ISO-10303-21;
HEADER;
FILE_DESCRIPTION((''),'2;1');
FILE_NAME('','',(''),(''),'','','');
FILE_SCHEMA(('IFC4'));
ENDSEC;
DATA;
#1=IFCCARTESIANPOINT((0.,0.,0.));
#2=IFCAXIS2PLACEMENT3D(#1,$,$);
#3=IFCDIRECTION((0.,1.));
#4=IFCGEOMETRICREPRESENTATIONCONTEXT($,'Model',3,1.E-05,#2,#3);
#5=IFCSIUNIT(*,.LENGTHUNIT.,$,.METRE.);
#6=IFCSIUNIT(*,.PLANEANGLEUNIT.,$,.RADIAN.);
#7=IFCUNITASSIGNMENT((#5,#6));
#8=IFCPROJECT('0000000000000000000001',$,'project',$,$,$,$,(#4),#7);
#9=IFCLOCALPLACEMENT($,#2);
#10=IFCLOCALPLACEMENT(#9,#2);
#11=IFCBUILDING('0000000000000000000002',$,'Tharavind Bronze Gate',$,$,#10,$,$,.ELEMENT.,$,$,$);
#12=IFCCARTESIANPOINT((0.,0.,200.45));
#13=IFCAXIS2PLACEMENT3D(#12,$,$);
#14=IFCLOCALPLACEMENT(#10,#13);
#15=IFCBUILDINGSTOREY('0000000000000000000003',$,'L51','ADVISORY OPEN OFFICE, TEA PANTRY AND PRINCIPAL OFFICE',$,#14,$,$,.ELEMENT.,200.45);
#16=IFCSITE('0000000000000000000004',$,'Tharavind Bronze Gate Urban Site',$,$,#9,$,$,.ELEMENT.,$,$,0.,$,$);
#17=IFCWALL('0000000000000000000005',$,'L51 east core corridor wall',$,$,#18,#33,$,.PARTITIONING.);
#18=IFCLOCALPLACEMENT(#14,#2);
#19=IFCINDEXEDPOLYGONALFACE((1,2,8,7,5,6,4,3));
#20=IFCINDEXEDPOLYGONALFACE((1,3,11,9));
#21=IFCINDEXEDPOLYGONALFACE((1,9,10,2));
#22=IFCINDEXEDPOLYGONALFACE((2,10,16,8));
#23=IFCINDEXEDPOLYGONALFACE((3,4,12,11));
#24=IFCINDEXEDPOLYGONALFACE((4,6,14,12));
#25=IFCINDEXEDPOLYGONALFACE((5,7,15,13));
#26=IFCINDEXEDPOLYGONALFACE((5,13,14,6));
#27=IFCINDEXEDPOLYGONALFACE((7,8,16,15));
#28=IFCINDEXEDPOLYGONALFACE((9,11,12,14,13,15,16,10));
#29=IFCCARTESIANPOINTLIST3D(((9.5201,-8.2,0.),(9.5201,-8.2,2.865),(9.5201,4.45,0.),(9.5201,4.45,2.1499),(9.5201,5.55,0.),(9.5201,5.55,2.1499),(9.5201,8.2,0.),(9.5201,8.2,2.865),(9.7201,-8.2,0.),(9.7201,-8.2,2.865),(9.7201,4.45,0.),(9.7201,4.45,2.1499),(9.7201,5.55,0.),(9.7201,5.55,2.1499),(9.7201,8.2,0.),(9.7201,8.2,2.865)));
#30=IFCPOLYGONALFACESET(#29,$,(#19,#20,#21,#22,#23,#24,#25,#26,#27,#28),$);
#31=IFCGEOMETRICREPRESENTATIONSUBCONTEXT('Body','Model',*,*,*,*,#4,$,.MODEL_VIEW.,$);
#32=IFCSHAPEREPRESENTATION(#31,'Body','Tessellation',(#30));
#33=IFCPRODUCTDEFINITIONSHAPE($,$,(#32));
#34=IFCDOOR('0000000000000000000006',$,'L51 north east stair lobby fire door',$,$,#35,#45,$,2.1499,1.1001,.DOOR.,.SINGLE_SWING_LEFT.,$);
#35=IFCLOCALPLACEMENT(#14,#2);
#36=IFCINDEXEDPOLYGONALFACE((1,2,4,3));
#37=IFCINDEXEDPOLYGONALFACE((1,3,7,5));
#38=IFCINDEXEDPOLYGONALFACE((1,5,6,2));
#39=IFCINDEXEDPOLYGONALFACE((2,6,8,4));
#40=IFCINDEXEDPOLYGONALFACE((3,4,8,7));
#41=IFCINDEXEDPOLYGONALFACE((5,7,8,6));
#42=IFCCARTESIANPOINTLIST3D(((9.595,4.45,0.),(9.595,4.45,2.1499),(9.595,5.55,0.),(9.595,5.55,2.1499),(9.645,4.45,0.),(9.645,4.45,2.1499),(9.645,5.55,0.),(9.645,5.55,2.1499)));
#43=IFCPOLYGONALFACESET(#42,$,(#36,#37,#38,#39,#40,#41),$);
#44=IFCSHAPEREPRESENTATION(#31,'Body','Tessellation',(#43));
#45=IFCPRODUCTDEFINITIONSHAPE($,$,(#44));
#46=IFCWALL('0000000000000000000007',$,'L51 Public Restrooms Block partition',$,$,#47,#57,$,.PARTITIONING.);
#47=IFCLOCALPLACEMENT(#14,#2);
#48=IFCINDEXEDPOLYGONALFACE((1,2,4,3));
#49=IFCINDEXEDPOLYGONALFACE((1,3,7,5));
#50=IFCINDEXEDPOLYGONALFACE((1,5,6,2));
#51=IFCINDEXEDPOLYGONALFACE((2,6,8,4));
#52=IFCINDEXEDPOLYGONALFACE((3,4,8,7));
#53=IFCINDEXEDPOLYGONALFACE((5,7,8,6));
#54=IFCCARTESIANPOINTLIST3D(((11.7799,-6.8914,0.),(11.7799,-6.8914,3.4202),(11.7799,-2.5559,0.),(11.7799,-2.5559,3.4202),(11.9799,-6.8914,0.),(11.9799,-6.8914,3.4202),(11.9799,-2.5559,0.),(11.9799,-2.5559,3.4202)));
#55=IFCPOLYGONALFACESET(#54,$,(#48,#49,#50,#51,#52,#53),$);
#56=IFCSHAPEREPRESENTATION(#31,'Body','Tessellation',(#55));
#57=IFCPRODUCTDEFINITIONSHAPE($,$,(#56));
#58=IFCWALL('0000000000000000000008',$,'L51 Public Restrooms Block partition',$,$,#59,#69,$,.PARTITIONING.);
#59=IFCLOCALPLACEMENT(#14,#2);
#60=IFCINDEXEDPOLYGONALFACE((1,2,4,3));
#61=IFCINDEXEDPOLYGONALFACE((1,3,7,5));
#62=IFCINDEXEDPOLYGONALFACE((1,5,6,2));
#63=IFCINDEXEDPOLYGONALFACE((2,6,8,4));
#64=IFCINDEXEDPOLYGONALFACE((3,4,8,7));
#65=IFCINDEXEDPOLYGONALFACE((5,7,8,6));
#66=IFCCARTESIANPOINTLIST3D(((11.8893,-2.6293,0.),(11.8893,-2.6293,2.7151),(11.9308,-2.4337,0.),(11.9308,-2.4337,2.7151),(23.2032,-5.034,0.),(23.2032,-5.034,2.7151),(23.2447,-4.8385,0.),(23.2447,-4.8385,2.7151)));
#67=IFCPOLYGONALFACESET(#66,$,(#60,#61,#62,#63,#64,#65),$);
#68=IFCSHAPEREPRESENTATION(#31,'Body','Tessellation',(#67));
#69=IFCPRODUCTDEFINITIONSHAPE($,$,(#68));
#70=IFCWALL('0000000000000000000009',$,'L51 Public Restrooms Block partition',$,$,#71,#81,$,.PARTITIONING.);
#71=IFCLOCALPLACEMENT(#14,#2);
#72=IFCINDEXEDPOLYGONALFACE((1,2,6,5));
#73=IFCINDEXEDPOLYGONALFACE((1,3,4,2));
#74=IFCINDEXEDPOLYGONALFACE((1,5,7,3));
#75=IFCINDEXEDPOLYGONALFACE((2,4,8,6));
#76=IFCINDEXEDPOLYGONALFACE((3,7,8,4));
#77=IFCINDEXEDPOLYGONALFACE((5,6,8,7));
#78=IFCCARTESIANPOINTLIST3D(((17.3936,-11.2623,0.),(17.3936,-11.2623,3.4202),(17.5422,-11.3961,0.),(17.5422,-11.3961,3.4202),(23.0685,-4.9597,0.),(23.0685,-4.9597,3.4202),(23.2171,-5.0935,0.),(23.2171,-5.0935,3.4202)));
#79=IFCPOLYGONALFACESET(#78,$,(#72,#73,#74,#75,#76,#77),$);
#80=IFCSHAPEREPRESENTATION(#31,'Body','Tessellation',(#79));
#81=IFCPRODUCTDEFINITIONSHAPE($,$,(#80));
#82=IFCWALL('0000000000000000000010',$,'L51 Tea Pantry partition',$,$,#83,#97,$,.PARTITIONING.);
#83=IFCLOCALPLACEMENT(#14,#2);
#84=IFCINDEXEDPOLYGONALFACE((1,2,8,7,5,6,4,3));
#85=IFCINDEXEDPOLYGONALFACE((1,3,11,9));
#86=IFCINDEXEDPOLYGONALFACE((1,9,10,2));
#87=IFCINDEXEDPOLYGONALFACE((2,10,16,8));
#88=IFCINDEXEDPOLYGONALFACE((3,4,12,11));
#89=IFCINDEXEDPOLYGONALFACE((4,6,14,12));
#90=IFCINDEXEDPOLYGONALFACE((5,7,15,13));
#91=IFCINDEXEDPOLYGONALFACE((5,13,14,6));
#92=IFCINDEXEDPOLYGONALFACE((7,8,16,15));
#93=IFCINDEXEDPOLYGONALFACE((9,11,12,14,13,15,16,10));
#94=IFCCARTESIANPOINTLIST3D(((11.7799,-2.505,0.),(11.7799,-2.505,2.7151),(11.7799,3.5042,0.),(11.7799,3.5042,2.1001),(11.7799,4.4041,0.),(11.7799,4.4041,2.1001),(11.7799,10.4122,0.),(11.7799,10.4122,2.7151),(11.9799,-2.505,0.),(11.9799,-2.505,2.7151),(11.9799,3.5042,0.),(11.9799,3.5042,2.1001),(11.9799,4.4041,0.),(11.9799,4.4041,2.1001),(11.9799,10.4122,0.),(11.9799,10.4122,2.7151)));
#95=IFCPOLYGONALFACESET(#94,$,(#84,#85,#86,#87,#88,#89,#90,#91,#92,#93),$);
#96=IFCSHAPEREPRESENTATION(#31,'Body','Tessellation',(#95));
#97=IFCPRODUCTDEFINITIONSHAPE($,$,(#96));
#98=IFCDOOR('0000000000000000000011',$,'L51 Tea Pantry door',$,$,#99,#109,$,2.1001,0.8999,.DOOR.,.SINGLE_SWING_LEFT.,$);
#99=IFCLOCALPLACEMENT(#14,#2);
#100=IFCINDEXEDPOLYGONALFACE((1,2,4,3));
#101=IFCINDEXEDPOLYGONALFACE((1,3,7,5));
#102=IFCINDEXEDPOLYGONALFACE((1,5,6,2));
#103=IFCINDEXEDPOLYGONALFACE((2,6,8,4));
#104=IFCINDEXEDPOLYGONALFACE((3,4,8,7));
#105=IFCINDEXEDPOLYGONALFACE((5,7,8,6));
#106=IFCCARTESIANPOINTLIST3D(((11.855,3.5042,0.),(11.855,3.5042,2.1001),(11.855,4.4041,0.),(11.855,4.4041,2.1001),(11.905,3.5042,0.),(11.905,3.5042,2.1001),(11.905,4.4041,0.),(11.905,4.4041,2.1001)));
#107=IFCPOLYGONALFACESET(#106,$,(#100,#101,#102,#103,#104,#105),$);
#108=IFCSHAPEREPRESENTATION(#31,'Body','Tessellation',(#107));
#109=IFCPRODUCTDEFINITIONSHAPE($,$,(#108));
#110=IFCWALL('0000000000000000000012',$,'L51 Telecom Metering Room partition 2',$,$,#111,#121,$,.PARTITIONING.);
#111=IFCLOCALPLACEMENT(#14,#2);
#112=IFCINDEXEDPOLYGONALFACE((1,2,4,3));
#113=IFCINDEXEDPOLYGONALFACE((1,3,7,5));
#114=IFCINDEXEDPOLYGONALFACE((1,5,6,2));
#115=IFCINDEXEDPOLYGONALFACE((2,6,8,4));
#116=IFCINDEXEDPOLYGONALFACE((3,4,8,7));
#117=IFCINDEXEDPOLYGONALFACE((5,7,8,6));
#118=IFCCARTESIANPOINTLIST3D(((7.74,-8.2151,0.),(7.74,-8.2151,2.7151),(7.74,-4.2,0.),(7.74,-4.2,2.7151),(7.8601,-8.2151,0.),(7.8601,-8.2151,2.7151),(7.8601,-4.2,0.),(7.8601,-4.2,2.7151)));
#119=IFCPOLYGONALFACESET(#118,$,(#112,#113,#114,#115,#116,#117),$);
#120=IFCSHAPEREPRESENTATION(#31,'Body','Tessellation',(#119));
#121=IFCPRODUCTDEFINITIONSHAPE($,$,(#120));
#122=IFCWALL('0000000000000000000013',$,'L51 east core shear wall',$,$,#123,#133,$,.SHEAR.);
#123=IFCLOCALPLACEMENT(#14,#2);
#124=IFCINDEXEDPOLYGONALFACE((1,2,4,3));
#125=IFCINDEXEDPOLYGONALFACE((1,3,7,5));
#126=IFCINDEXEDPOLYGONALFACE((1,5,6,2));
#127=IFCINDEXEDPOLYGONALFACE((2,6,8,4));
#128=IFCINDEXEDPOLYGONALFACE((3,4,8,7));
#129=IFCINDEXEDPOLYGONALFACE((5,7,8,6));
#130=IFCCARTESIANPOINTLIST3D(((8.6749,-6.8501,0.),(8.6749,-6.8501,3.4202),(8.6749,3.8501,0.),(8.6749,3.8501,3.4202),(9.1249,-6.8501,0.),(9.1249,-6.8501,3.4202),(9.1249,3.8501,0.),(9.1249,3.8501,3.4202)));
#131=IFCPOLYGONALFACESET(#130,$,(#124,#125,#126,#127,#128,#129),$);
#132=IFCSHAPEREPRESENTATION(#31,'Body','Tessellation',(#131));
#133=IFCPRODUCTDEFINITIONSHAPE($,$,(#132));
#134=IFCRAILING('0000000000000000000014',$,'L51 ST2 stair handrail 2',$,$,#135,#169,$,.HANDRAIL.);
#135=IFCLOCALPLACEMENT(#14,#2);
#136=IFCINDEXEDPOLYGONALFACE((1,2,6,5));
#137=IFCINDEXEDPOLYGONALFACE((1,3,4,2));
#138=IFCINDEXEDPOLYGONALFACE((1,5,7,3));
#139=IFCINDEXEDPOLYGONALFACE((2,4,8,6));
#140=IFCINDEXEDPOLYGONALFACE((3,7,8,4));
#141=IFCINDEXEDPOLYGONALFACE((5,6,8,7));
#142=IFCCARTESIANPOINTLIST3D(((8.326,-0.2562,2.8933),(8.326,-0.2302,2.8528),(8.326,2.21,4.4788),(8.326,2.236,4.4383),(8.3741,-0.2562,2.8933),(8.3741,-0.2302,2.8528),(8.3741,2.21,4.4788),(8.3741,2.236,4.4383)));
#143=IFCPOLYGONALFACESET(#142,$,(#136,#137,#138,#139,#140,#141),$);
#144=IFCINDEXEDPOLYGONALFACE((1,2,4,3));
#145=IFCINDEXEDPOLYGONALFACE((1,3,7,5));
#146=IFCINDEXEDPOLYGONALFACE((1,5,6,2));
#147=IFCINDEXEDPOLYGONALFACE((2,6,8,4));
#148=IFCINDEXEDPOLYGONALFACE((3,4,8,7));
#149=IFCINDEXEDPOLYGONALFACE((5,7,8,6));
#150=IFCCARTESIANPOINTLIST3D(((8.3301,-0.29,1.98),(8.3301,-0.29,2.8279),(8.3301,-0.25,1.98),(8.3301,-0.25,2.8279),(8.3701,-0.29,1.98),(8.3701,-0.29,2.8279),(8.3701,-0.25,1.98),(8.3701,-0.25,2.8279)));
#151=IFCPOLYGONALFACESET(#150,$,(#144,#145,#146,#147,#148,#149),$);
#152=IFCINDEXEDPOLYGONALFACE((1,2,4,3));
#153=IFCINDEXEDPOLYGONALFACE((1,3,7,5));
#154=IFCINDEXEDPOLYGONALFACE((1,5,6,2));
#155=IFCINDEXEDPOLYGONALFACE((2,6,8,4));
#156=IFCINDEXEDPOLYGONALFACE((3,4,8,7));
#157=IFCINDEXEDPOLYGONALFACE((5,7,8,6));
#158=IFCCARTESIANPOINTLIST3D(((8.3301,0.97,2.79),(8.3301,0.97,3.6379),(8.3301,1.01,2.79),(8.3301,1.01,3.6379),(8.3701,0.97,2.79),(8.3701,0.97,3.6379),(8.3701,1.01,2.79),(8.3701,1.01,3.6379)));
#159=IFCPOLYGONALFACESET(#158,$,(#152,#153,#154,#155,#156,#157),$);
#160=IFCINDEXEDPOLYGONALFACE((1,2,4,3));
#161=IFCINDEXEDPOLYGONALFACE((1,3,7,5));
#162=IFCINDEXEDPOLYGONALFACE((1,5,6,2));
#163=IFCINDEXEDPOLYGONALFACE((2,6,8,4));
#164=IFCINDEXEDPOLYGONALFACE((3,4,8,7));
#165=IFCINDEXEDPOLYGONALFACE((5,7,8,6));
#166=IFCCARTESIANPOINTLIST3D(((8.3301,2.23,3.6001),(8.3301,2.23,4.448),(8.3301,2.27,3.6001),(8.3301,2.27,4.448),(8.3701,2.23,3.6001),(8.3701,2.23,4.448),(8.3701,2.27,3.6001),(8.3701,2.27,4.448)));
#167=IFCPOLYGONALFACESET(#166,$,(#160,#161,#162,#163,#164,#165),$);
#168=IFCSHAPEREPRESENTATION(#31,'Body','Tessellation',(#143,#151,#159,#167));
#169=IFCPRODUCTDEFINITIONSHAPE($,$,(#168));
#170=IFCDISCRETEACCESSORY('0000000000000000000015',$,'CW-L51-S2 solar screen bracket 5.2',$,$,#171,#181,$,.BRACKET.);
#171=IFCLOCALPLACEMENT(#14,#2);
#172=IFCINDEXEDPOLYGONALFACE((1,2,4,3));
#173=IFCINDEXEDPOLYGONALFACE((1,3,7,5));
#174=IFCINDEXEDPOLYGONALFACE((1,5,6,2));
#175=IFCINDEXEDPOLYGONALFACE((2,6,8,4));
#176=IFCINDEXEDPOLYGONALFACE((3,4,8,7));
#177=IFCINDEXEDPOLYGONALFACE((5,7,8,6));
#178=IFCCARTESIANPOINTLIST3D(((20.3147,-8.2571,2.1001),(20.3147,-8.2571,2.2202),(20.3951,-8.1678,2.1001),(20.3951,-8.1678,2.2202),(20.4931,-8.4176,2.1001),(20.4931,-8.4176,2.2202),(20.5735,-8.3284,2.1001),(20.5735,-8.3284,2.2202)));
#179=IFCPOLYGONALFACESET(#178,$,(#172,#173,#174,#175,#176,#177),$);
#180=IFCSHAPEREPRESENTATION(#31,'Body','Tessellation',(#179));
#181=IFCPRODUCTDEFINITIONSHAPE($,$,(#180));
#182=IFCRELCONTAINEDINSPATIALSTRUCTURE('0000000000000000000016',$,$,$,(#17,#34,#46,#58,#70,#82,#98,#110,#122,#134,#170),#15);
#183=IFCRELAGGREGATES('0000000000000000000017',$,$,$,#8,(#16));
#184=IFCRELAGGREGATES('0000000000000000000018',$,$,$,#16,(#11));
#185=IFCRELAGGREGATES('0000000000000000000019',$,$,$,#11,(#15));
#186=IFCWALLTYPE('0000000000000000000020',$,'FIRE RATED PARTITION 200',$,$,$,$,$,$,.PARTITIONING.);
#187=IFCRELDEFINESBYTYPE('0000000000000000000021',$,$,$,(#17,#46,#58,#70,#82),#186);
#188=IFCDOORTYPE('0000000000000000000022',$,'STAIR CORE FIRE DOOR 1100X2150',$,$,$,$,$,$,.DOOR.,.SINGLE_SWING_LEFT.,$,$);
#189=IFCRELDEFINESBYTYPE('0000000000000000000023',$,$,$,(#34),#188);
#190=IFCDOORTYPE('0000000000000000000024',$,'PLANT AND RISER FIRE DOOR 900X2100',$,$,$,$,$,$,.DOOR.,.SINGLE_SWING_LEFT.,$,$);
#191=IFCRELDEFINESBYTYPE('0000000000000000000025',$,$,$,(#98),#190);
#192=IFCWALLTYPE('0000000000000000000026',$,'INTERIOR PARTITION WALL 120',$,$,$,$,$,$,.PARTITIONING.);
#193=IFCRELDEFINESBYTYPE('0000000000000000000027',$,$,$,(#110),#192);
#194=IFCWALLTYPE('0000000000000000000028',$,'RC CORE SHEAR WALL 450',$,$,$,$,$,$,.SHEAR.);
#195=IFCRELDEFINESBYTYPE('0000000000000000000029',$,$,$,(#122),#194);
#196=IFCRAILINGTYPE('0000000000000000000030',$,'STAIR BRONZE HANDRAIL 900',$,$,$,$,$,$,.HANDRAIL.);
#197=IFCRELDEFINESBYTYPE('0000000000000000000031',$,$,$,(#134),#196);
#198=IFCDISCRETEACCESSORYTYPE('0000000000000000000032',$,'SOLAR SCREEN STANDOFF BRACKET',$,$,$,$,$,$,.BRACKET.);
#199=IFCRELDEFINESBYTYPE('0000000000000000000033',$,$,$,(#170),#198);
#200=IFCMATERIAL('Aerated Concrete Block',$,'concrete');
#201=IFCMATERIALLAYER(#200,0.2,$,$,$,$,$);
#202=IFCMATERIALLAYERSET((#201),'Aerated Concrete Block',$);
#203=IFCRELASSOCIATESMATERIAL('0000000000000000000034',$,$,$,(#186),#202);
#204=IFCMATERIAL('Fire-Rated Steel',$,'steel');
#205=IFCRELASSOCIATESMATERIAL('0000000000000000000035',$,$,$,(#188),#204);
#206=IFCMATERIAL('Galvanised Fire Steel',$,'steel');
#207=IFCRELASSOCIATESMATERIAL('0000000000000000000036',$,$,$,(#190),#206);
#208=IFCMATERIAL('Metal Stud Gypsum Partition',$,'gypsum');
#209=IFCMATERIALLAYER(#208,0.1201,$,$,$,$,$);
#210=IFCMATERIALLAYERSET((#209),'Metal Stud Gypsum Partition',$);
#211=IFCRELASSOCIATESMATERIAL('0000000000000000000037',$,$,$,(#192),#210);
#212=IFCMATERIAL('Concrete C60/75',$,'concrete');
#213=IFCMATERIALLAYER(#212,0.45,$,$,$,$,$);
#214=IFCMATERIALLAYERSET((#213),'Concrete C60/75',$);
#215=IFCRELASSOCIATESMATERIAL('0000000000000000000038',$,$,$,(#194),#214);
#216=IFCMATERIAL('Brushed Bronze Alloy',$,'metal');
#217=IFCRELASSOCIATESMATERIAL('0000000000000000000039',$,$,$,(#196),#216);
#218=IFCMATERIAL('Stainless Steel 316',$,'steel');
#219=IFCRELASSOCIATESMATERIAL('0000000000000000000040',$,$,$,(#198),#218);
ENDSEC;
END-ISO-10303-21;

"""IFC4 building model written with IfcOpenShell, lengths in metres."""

from ifc_helpers import new_model, si_unit, direction, frame, frame_2d, origin, origin_2d, place, context, subcontext, project, spatial, rectangle, extrude, material, layer, layer_set, type_object, element, fill, save


model = new_model("IFC4")

# Units and contexts
model_context = context("Model", 3, precision=1e-05, world=origin(), true_north=direction((0.0, 1.0)))
body_context = subcontext(model_context, "Body", "Model", "MODEL_VIEW")
ifc_project = project(units=[si_unit("LENGTHUNIT", "METRE"), si_unit("PLANEANGLEUNIT", "RADIAN")], contexts=[model_context])

# Site, building, storey
site_placement = place(None, origin())
site = spatial("IfcSite", under=ifc_project, at=site_placement, Name="Tharavind Bronze Gate Urban Site", CompositionType="ELEMENT", RefElevation=0.0)
building_placement = place(site_placement, origin())
building = spatial("IfcBuilding", under=site, at=building_placement, Name="Tharavind Bronze Gate", CompositionType="ELEMENT")
storey_placement = place(building_placement, frame((0.0, 0.0, 200.45)))
storey = spatial("IfcBuildingStorey", under=building, at=storey_placement, Name="L51", Description="ADVISORY OPEN OFFICE, TEA PANTRY AND PRINCIPAL OFFICE", CompositionType="ELEMENT", Elevation=200.45)

# Shared definitions
ifc_material_1 = material(Name="Concrete C60/75", Category="concrete")

# Wall, opening, door
ifc_material_2 = material(Name="Aerated Concrete Block", Category="concrete")
ifc_layer_1 = layer(ifc_material_2, 0.2)
ifc_layer_set_1 = layer_set([ifc_layer_1], Name="Aerated Concrete Block")
wall_type_1 = type_object("IfcWallType", Name="FIRE RATED PARTITION 200", PredefinedType="PARTITIONING", material=ifc_layer_set_1)
wall_1_placement = place(storey_placement, frame((9.6201, -8.2, 0.0), z_axis=(0.0, 0.0, 1.0), x_axis=(0.0, 1.0, 0.0)))
wall_1 = element("IfcWall", 1, at=wall_1_placement, inside=storey, type_object=wall_type_1, Name="L51 east core corridor wall", PredefinedType="PARTITIONING", context=body_context, shape_type="SweptSolid", body=[
    extrude(rectangle(XDim=16.3999, YDim=0.2, at=frame_2d((8.2, 0.0))), origin(), (0.0, 0.0, 1.0), 2.865),
])
opening_1_placement = place(wall_1_placement, frame((12.6499, 0.0, 0.0)))
opening_1 = element("IfcOpeningElement", 2, at=opening_1_placement, cuts=wall_1, PredefinedType="OPENING", context=body_context, shape_type="SweptSolid", body=[
    extrude(rectangle(XDim=1.1001, YDim=2.1499, at=frame_2d((0.55, 1.075))), frame((0.0, 0.1101, 0.0), z_axis=(0.0, -1.0, 0.0), x_axis=(1.0, 0.0, 0.0)), (0.0, 0.0, 1.0), 0.22),
])
ifc_material_3 = material(Name="Fire-Rated Steel", Category="steel")
door_type_1 = type_object("IfcDoorType", Name="STAIR CORE FIRE DOOR 1100X2150", OperationType="SINGLE_SWING_LEFT", PredefinedType="DOOR", material=ifc_material_3)
door_1_placement = place(opening_1_placement, frame((1.1001, 0.0, 0.0), z_axis=(0.0, 0.0, 1.0), x_axis=(-1.0, 0.0, 0.0)))
door_1 = element("IfcDoor", 3, at=door_1_placement, inside=storey, type_object=door_type_1, Name="L51 north east stair lobby fire door", OperationType="SINGLE_SWING_LEFT", OverallHeight=2.1499, OverallWidth=1.1001, PredefinedType="DOOR", context=body_context, shape_type="SweptSolid", body=[
    extrude(rectangle(XDim=1.1001, YDim=2.1499, at=frame_2d((0.55, 1.075))), frame((0.0, 0.0249, 0.0), z_axis=(0.0, -1.0, 0.0), x_axis=(1.0, 0.0, 0.0)), (0.0, 0.0, 1.0), 0.05),
])
fill(opening_1, door_1)

# Walls
wall_2_placement = place(storey_placement, frame((11.8799, -6.8914, 0.0), z_axis=(0.0, 0.0, 1.0), x_axis=(0.0, 1.0, 0.0)))
element("IfcWall", 4, at=wall_2_placement, inside=storey, type_object=wall_type_1, Name="L51 Public Restrooms Block partition", PredefinedType="PARTITIONING", context=body_context, shape_type="SweptSolid", body=[
    extrude(rectangle(XDim=4.3354, YDim=0.2, at=frame_2d((2.1677, 0.0))), origin(), (0.0, 0.0, 1.0), 3.4202),
])
wall_3_placement = place(storey_placement, frame((11.9102, -2.5315, 0.0), z_axis=(0.0, 0.0, 1.0), x_axis=(0.978149, -0.207906, 0.0)))
element("IfcWall", 5, at=wall_3_placement, inside=storey, type_object=wall_type_1, Name="L51 Public Restrooms Block partition", PredefinedType="PARTITIONING", context=body_context, shape_type="SweptSolid", body=[
    extrude(rectangle(XDim=11.5667, YDim=0.2, at=frame_2d((5.7832, 0.0))), origin(), (0.0, 0.0, 1.0), 2.7151),
])
wall_4_placement = place(storey_placement, frame((23.1428, -5.0266, 0.0), z_axis=(0.0, 0.0, 1.0), x_axis=(-0.669132, -0.743144, 0.0)))
element("IfcWall", 6, at=wall_4_placement, inside=storey, type_object=wall_type_1, Name="L51 Public Restrooms Block partition", PredefinedType="PARTITIONING", context=body_context, shape_type="SweptSolid", body=[
    extrude(rectangle(XDim=8.481, YDim=0.2, at=frame_2d((4.2405, 0.0))), origin(), (0.0, 0.0, 1.0), 3.4202),
])

# Wall, opening, door
wall_5_placement = place(storey_placement, frame((11.8799, -2.5049, 0.0), z_axis=(0.0, 0.0, 1.0), x_axis=(0.0, 1.0, 0.0)))
wall_5 = element("IfcWall", 7, at=wall_5_placement, inside=storey, type_object=wall_type_1, Name="L51 Tea Pantry partition", PredefinedType="PARTITIONING", context=body_context, shape_type="SweptSolid", body=[
    extrude(rectangle(XDim=12.9172, YDim=0.2, at=frame_2d((6.4585, 0.0))), origin(), (0.0, 0.0, 1.0), 2.7151),
])
opening_2_placement = place(wall_5_placement, frame((6.009, 0.0, 0.0)))
opening_2 = element("IfcOpeningElement", 8, at=opening_2_placement, cuts=wall_5, PredefinedType="OPENING", context=body_context, shape_type="SweptSolid", body=[
    extrude(rectangle(XDim=0.8999, YDim=2.1001, at=frame_2d((0.45, 1.05))), frame((0.0, 0.1101, 0.0), z_axis=(0.0, -1.0, 0.0), x_axis=(1.0, 0.0, 0.0)), (0.0, 0.0, 1.0), 0.22),
])
ifc_material_4 = material(Name="Galvanised Fire Steel", Category="steel")
door_type_2 = type_object("IfcDoorType", Name="PLANT AND RISER FIRE DOOR 900X2100", OperationType="SINGLE_SWING_LEFT", PredefinedType="DOOR", material=ifc_material_4)
door_2_placement = place(opening_2_placement, origin())
door_2 = element("IfcDoor", 9, at=door_2_placement, inside=storey, type_object=door_type_2, Name="L51 Tea Pantry door", OperationType="SINGLE_SWING_LEFT", OverallHeight=2.1001, OverallWidth=0.8999, PredefinedType="DOOR", context=body_context, shape_type="SweptSolid", body=[
    extrude(rectangle(XDim=0.8999, YDim=2.1001, at=frame_2d((0.45, 1.05))), frame((0.0, 0.0249, 0.0), z_axis=(0.0, -1.0, 0.0), x_axis=(1.0, 0.0, 0.0)), (0.0, 0.0, 1.0), 0.05),
])
fill(opening_2, door_2)

# Walls
ifc_material_5 = material(Name="Metal Stud Gypsum Partition", Category="gypsum")
ifc_layer_2 = layer(ifc_material_5, 0.1201)
ifc_layer_set_2 = layer_set([ifc_layer_2], Name="Metal Stud Gypsum Partition")
wall_type_2 = type_object("IfcWallType", Name="INTERIOR PARTITION WALL 120", PredefinedType="PARTITIONING", material=ifc_layer_set_2)
wall_6_placement = place(storey_placement, frame((7.8, -8.2151, 0.0), z_axis=(0.0, 0.0, 1.0), x_axis=(0.0, 1.0, 0.0)))
element("IfcWall", 10, at=wall_6_placement, inside=storey, type_object=wall_type_2, Name="L51 Telecom Metering Room partition 2", PredefinedType="PARTITIONING", context=body_context, shape_type="SweptSolid", body=[
    extrude(rectangle(XDim=4.0151, YDim=0.1201, at=frame_2d((2.0076, 0.0))), origin(), (0.0, 0.0, 1.0), 2.7151),
])
ifc_layer_3 = layer(ifc_material_1, 0.45)
ifc_layer_set_3 = layer_set([ifc_layer_3], Name="Concrete C60/75")
wall_type_3 = type_object("IfcWallType", Name="RC CORE SHEAR WALL 450", PredefinedType="SHEAR", material=ifc_layer_set_3)
wall_7_placement = place(storey_placement, frame((8.8999, -6.8501, 0.0), z_axis=(0.0, 0.0, 1.0), x_axis=(0.0, 1.0, 0.0)))
element("IfcWall", 11, at=wall_7_placement, inside=storey, type_object=wall_type_3, Name="L51 east core shear wall", PredefinedType="SHEAR", context=body_context, shape_type="SweptSolid", body=[
    extrude(rectangle(XDim=10.7002, YDim=0.45, at=frame_2d((5.3501, 0.0))), origin(), (0.0, 0.0, 1.0), 3.4202),
])

# Railing
ifc_material_6 = material(Name="Brushed Bronze Alloy", Category="metal")
railing_type = type_object("IfcRailingType", Name="STAIR BRONZE HANDRAIL 900", PredefinedType="HANDRAIL", material=ifc_material_6)
railing_placement = place(storey_placement, frame((8.3501, -0.27, 1.98)))
element("IfcRailing", 12, at=railing_placement, inside=storey, type_object=railing_type, Name="L51 ST2 stair handrail 2", PredefinedType="HANDRAIL", context=body_context, shape_type="SweptSolid", body=[
    extrude(rectangle(XDim=0.0481, YDim=0.0481, at=origin_2d()), frame((0.0, 0.0269, 0.8931), z_axis=(0.0, 0.841163, 0.540782), x_axis=(-1.0, 0.0, 0.0)), (0.0, 0.0, 1.0), 2.9319),
    extrude(rectangle(XDim=0.04, YDim=0.04, at=origin_2d()), origin(), (0.0, 0.0, 1.0), 0.8479),
    extrude(rectangle(XDim=0.04, YDim=0.04, at=origin_2d()), frame((0.0, 1.26, 0.8101)), (0.0, 0.0, 1.0), 0.8479),
    extrude(rectangle(XDim=0.04, YDim=0.04, at=origin_2d()), frame((0.0, 2.52, 1.6201)), (0.0, 0.0, 1.0), 0.8479),
])

# Discrete accessory
ifc_material_7 = material(Name="Stainless Steel 316", Category="steel")
discrete_accessory_type = type_object("IfcDiscreteAccessoryType", Name="SOLAR SCREEN STANDOFF BRACKET", PredefinedType="BRACKET", material=ifc_material_7)
for number, where, z_axis, x_axis, name in (
    (13, (20.4441, -8.2927, 2.1001), (0.0, 0.0, 1.0), (0.669131, 0.743145, 0.0), "CW-L51-S2 solar screen bracket 5.2"),
):
    element("IfcDiscreteAccessory", number, at=place(storey_placement, frame(where, z_axis=z_axis, x_axis=x_axis)), inside=storey, type_object=discrete_accessory_type, Name=name, PredefinedType="BRACKET", context=body_context, shape_type="SweptSolid", body=[
        extrude(rectangle(XDim=0.1201, YDim=0.24, at=origin_2d()), origin(), (0.0, 0.0, 1.0), 0.1201),
    ])

save(model, "model.ifc")
